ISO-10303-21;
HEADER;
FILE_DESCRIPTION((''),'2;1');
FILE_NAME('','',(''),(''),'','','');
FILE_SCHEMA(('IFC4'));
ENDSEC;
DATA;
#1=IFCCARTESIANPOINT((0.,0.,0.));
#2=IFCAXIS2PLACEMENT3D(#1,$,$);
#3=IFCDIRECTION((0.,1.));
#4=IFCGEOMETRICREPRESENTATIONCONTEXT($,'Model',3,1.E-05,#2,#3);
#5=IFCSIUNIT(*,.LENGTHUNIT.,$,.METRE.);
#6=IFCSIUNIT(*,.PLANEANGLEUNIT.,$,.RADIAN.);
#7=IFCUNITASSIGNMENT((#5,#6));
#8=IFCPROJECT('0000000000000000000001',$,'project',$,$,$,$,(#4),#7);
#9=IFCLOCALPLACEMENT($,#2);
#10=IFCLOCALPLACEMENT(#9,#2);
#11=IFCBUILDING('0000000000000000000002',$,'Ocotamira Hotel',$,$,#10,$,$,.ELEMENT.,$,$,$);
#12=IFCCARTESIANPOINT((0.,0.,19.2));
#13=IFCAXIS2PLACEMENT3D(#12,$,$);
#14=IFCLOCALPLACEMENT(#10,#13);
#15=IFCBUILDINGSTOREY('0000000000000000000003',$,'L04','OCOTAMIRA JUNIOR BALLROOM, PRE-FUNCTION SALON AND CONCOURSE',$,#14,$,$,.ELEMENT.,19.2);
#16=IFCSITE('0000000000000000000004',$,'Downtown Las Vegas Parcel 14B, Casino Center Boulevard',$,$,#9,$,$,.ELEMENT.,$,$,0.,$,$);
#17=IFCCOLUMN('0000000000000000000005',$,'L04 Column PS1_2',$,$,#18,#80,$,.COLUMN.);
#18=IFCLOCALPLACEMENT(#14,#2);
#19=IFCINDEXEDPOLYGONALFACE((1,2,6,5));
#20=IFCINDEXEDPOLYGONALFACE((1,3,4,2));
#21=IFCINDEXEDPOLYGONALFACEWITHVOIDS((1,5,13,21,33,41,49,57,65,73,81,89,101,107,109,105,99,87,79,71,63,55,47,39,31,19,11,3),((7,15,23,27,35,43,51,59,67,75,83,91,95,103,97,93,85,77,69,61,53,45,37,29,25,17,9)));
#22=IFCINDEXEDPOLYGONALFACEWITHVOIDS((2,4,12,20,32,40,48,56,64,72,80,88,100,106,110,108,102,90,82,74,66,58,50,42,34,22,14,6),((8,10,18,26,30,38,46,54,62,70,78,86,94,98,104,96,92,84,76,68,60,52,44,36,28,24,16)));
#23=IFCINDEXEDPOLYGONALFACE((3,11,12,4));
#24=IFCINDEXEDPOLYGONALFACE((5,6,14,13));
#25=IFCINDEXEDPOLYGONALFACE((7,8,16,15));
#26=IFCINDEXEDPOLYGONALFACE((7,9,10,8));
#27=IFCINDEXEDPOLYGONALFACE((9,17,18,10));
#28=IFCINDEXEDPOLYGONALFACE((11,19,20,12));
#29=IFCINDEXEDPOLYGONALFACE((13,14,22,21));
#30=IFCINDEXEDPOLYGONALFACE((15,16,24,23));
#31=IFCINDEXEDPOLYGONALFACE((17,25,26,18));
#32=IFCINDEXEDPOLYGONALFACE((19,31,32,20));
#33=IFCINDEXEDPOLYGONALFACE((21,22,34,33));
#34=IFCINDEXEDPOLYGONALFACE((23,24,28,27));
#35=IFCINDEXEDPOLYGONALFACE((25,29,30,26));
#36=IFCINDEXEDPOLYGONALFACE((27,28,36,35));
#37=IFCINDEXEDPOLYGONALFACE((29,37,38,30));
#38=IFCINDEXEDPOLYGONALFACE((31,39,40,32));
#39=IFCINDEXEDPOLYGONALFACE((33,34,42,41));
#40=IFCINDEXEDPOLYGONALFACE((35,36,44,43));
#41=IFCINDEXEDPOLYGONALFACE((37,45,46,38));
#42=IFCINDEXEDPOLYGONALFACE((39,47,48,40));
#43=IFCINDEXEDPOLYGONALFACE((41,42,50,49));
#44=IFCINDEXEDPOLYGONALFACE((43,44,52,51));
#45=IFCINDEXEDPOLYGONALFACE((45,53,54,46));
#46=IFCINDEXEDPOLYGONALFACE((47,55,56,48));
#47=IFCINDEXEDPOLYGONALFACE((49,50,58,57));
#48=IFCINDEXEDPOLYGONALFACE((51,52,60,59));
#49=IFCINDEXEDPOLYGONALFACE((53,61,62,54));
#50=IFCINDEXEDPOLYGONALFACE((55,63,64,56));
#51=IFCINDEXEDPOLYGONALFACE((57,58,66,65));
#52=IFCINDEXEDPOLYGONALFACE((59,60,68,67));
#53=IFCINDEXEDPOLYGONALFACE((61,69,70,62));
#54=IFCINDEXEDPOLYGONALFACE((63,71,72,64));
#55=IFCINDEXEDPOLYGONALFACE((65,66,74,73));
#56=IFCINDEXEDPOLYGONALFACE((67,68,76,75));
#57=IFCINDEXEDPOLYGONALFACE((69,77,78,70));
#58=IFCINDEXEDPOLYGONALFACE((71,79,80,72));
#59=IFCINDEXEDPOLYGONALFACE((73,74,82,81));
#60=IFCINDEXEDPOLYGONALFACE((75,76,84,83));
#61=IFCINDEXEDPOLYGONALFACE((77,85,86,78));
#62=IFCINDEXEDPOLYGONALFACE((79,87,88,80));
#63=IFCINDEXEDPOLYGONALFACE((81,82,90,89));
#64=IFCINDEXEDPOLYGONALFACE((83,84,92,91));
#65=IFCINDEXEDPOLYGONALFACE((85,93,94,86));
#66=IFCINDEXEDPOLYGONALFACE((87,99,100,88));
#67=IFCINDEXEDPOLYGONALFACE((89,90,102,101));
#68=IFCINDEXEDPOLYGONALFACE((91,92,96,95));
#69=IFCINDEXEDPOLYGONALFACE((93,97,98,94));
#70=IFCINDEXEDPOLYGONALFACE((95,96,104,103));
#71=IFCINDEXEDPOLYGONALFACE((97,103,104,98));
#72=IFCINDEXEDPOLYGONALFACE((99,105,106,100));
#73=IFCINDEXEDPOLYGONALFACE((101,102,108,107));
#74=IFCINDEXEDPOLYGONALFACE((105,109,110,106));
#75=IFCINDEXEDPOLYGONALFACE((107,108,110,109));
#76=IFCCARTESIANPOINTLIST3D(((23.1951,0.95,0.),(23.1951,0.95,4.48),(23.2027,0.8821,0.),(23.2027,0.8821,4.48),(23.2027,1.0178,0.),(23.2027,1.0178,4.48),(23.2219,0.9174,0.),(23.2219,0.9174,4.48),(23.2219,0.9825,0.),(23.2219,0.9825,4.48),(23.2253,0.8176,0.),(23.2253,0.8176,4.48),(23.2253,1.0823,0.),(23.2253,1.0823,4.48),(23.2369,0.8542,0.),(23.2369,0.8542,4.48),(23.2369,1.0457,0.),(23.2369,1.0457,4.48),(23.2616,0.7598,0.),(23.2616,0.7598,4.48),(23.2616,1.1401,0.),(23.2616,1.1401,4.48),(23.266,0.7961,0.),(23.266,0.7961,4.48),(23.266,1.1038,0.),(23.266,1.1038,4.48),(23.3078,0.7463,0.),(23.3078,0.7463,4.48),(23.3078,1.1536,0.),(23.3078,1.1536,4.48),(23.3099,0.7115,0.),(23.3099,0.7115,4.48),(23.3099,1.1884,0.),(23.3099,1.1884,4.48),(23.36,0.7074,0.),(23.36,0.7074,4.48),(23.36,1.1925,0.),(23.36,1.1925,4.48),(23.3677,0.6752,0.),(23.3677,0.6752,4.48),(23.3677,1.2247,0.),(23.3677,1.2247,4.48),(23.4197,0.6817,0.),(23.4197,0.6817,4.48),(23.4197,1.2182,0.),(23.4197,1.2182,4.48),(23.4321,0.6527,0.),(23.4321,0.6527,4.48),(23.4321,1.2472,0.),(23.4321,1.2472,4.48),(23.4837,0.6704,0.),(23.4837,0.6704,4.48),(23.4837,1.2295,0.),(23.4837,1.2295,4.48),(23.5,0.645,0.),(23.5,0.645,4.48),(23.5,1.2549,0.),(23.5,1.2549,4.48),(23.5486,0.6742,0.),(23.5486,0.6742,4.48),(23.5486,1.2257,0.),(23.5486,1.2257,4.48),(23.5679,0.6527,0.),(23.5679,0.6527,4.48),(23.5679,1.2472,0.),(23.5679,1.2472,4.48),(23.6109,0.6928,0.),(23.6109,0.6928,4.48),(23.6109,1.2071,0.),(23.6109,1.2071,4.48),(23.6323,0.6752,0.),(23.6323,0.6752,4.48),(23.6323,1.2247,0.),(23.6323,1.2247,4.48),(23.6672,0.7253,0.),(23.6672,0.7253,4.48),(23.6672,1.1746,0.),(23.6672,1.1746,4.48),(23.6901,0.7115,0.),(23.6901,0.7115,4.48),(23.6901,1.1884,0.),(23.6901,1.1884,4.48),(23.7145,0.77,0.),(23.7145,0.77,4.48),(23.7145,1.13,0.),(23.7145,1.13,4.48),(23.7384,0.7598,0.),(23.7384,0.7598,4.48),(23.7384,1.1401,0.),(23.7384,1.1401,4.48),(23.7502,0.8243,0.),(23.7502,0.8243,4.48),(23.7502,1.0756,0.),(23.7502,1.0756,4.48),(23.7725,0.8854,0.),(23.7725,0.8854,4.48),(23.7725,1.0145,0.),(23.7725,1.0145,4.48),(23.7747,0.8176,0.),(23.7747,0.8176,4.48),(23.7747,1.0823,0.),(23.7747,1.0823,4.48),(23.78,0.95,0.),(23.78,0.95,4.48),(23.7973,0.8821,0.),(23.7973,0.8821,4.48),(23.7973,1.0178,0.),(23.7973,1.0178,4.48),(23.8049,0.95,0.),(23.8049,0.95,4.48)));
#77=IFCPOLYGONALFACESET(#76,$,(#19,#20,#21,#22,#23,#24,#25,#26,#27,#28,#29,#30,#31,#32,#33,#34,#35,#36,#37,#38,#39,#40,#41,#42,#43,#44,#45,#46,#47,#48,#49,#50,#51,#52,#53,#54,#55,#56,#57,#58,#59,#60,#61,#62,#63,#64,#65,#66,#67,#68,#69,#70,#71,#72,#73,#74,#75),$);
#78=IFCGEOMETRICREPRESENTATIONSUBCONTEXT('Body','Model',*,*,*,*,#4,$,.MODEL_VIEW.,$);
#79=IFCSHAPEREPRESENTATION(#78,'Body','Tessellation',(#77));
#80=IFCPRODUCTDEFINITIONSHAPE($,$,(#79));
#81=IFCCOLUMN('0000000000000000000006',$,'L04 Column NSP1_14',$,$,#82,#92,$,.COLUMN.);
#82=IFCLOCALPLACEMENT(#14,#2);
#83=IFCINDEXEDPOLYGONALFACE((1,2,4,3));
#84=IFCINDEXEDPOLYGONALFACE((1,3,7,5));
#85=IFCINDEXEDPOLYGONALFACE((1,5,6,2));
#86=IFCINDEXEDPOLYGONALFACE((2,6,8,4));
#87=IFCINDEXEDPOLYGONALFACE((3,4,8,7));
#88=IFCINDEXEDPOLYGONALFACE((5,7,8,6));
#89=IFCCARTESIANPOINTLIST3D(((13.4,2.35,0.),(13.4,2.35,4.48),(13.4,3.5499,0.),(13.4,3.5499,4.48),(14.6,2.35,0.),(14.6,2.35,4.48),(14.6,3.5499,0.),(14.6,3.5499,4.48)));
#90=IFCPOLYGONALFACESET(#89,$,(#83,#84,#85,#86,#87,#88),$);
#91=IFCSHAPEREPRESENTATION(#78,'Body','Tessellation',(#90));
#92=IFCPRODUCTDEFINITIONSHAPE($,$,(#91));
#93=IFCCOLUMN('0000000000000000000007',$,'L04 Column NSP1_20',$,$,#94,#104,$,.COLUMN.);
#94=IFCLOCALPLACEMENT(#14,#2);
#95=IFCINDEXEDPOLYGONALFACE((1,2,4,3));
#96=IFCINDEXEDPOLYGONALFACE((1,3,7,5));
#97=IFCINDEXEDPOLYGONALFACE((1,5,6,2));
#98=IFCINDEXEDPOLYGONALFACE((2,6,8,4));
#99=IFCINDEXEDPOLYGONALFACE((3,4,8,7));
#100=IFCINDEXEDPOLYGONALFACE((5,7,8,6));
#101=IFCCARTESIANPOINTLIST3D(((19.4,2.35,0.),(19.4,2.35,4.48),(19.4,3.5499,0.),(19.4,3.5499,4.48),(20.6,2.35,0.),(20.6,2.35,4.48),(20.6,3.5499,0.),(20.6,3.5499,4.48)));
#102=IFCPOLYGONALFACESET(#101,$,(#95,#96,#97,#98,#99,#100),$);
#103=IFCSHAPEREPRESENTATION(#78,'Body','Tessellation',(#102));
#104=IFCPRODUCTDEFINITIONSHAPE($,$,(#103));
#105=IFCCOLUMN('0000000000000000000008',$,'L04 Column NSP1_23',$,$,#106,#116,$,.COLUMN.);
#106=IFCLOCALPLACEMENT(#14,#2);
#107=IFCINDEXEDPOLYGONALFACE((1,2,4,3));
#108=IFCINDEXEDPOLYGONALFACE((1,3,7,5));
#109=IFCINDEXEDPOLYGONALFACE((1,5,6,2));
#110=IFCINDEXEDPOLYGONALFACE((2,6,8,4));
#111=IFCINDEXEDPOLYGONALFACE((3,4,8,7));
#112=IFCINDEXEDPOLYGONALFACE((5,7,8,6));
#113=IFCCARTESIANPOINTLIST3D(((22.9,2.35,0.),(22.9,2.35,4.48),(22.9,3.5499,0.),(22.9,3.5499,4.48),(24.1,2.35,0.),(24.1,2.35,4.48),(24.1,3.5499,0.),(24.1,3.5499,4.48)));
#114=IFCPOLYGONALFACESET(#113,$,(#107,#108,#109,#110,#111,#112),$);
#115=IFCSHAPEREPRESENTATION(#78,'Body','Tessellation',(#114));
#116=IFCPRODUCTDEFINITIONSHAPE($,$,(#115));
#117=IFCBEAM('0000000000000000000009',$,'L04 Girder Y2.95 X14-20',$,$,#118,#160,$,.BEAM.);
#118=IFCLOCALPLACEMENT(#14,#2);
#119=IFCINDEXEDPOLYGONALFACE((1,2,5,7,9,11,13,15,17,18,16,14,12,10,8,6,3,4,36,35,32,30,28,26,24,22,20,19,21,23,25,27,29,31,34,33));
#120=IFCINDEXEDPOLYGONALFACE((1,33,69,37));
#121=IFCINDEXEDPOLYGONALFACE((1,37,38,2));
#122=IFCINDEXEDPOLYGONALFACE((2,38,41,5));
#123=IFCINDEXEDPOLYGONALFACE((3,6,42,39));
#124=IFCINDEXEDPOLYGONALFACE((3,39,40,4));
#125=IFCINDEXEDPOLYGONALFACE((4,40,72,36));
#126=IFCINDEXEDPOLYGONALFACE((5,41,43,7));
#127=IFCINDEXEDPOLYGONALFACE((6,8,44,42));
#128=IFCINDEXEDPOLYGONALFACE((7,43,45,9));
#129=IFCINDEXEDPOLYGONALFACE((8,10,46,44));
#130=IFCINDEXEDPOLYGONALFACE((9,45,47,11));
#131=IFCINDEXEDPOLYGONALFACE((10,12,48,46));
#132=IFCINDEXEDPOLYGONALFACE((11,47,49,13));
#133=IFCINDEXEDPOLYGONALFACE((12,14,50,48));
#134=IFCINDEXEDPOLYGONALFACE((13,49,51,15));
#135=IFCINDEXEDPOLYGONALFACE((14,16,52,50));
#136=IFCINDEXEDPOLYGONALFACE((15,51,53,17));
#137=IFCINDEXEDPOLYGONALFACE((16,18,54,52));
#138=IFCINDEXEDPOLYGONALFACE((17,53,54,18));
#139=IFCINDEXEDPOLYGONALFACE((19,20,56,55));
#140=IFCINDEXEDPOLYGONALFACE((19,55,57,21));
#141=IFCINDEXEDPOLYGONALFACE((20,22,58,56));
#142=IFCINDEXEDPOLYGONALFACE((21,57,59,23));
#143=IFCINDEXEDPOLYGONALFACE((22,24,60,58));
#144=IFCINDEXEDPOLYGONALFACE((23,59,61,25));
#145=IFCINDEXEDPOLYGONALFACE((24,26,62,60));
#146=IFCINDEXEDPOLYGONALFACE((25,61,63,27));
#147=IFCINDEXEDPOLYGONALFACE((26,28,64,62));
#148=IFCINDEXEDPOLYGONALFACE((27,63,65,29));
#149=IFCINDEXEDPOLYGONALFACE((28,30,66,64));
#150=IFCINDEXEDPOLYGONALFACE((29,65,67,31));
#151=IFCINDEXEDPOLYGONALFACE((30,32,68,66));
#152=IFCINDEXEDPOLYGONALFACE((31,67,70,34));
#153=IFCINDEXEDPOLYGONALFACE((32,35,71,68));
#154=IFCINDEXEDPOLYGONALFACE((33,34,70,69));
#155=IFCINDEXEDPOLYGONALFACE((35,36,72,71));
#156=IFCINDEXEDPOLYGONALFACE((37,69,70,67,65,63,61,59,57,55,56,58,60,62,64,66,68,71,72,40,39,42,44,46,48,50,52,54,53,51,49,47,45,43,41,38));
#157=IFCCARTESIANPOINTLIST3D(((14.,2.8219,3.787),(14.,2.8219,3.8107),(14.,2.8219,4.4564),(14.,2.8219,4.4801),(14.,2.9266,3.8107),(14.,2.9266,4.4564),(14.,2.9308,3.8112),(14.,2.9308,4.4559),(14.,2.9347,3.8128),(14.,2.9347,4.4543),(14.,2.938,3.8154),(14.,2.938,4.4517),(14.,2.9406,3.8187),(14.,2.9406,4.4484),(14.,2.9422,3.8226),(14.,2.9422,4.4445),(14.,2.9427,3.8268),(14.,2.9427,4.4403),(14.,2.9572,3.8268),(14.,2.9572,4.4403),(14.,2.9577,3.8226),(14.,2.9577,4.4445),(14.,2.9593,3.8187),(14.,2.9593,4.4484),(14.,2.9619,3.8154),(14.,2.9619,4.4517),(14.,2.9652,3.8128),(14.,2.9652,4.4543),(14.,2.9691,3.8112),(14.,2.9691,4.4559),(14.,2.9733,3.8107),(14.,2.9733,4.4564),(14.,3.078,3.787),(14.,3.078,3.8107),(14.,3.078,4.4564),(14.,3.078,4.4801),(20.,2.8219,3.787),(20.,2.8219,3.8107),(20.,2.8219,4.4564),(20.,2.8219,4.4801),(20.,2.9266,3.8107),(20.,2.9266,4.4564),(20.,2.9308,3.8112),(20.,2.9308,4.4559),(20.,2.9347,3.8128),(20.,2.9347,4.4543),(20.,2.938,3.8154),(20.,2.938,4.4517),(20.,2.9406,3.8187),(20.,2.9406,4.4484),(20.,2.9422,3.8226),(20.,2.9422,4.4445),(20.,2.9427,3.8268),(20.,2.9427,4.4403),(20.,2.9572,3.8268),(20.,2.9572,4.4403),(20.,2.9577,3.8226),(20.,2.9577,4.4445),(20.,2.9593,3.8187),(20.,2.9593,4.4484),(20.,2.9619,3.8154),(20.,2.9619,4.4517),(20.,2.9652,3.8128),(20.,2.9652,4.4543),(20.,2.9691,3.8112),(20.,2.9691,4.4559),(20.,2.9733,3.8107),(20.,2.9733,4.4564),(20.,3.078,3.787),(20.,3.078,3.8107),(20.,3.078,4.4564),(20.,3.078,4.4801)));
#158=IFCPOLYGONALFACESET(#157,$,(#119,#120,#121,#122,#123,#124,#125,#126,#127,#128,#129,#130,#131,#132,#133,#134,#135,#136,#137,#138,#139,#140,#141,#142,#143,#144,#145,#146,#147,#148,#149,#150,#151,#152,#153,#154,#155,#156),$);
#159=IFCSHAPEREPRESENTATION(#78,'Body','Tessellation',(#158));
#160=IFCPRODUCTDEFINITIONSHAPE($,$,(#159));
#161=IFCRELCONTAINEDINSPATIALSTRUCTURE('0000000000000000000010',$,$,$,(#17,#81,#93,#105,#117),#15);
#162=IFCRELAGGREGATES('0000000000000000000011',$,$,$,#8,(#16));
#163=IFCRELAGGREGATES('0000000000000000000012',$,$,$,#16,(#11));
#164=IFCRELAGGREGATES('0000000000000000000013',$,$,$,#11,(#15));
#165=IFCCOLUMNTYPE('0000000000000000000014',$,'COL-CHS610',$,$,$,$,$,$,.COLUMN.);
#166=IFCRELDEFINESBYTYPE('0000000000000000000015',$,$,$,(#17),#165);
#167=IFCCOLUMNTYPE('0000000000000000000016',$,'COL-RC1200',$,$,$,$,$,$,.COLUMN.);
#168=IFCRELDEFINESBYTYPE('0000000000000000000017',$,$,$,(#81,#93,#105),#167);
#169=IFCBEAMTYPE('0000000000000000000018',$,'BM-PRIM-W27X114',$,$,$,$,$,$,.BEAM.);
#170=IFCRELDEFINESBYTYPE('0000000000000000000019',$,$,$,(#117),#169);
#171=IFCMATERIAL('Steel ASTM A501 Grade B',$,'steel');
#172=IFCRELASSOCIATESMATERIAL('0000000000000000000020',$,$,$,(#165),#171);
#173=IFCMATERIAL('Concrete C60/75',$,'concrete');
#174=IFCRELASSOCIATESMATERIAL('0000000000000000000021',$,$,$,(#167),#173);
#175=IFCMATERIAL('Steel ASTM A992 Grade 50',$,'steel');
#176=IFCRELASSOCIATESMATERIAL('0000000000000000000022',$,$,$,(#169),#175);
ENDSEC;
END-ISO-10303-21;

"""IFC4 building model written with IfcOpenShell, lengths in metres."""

from ifc_helpers import new_model, si_unit, direction, frame, origin, origin_2d, place, context, subcontext, project, spatial, rectangle, hollow_circle, i_section, extrude, source, transform, mapped, material, material_profile, profile_set, type_object, element, save


model = new_model("IFC4")

# Units and contexts
model_context = context("Model", 3, precision=1e-05, world=origin(), true_north=direction((0.0, 1.0)))
body_context = subcontext(model_context, "Body", "Model", "MODEL_VIEW")
ifc_project = project(units=[si_unit("LENGTHUNIT", "METRE"), si_unit("PLANEANGLEUNIT", "RADIAN")], contexts=[model_context])

# Site, building, storey
site_placement = place(None, origin())
site = spatial("IfcSite", under=ifc_project, at=site_placement, Name="Downtown Las Vegas Parcel 14B, Casino Center Boulevard", CompositionType="ELEMENT", RefElevation=0.0)
building_placement = place(site_placement, origin())
building = spatial("IfcBuilding", under=site, at=building_placement, Name="Ocotamira Hotel", CompositionType="ELEMENT")
storey_placement = place(building_placement, frame((0.0, 0.0, 19.2)))
storey = spatial("IfcBuildingStorey", under=building, at=storey_placement, Name="L04", Description="OCOTAMIRA JUNIOR BALLROOM, PRE-FUNCTION SALON AND CONCOURSE", CompositionType="ELEMENT", Elevation=19.2)

# Columns
ifc_material_1 = material(Name="Steel ASTM A501 Grade B", Category="steel")
ifc_material_profile_1 = material_profile(ifc_material_1, hollow_circle(Radius=0.3049, WallThickness=0.0249, at=origin_2d()), Name="CHS610X25")
ifc_profile_set_1 = profile_set([ifc_material_profile_1], Name="Steel ASTM A501 Grade B")
column_type_1 = type_object("IfcColumnType", Name="COL-CHS610", PredefinedType="COLUMN", material=ifc_profile_set_1)
shared_shape_1 = source(origin(), body_context, "Body", "SweptSolid", [
    extrude(hollow_circle(Radius=0.3049, WallThickness=0.0249, at=origin_2d()), origin(), (0.0, 0.0, 1.0), 4.48),
])
column_placement = place(storey_placement, frame((23.5, 0.95, 0.0), z_axis=(0.0, 0.0, 1.0), x_axis=(1.0, 0.0, 0.0)))
element("IfcColumn", 1, at=column_placement, inside=storey, type_object=column_type_1, Name="L04 Column PS1_2", PredefinedType="COLUMN", context=body_context, shape_type="MappedRepresentation", body=[
    mapped(shared_shape_1, transform((0.0, 0.0, 0.0), scale=1.0)),
])
ifc_material_2 = material(Name="Concrete C60/75", Category="concrete")
ifc_material_profile_2 = material_profile(ifc_material_2, rectangle(XDim=1.2, YDim=1.2, at=origin_2d()), Name="RC1200X1200")
ifc_profile_set_2 = profile_set([ifc_material_profile_2], Name="Concrete C60/75")
column_type_2 = type_object("IfcColumnType", Name="COL-RC1200", PredefinedType="COLUMN", material=ifc_profile_set_2)
shared_shape_2 = source(origin(), body_context, "Body", "SweptSolid", [
    extrude(rectangle(XDim=1.2, YDim=1.2, at=origin_2d()), origin(), (0.0, 0.0, 1.0), 4.48),
])
for number, where, z_axis, x_axis, name in (
    (2, (14.0, 2.95, 0.0), (0.0, 0.0, 1.0), (1.0, 0.0, 0.0), "L04 Column NSP1_14"),
    (3, (20.0, 2.95, 0.0), (0.0, 0.0, 1.0), (1.0, 0.0, 0.0), "L04 Column NSP1_20"),
    (4, (23.5, 2.95, 0.0), (0.0, 0.0, 1.0), (1.0, 0.0, 0.0), "L04 Column NSP1_23"),
):
    element("IfcColumn", number, at=place(storey_placement, frame(where, z_axis=z_axis, x_axis=x_axis)), inside=storey, type_object=column_type_2, Name=name, PredefinedType="COLUMN", context=body_context, shape_type="MappedRepresentation", body=[
        mapped(shared_shape_2, transform((0.0, 0.0, 0.0), scale=1.0)),
    ])

# Beam
ifc_material_3 = material(Name="Steel ASTM A992 Grade 50", Category="steel")
ifc_material_profile_3 = material_profile(ifc_material_3, i_section(OverallWidth=0.2561, OverallDepth=0.6931, WebThickness=0.0144, FlangeThickness=0.0237, FilletRadius=0.0161, at=origin_2d()), Name="W27X114")
ifc_profile_set_3 = profile_set([ifc_material_profile_3], Name="Steel ASTM A992 Grade 50")
beam_type_1 = type_object("IfcBeamType", Name="BM-PRIM-W27X114", PredefinedType="BEAM", material=ifc_profile_set_3)
shared_shape_3 = source(origin(), body_context, "Body", "SweptSolid", [
    extrude(i_section(OverallWidth=0.2561, OverallDepth=0.6931, WebThickness=0.0144, FlangeThickness=0.0237, FilletRadius=0.0161, at=origin_2d()), origin(), (0.0, 0.0, 1.0), 6.0),
])
beam_1_placement = place(storey_placement, frame((14.0, 2.95, 4.1335), z_axis=(1.0, 0.0, 0.0), x_axis=(0.0, 1.0, 0.0)))
element("IfcBeam", 5, at=beam_1_placement, inside=storey, type_object=beam_type_1, Name="L04 Girder Y2.95 X14-20", PredefinedType="BEAM", context=body_context, shape_type="MappedRepresentation", body=[
    mapped(shared_shape_3, transform((0.0, 0.0, 0.0), scale=1.0)),
])

save(model, "model.ifc")
